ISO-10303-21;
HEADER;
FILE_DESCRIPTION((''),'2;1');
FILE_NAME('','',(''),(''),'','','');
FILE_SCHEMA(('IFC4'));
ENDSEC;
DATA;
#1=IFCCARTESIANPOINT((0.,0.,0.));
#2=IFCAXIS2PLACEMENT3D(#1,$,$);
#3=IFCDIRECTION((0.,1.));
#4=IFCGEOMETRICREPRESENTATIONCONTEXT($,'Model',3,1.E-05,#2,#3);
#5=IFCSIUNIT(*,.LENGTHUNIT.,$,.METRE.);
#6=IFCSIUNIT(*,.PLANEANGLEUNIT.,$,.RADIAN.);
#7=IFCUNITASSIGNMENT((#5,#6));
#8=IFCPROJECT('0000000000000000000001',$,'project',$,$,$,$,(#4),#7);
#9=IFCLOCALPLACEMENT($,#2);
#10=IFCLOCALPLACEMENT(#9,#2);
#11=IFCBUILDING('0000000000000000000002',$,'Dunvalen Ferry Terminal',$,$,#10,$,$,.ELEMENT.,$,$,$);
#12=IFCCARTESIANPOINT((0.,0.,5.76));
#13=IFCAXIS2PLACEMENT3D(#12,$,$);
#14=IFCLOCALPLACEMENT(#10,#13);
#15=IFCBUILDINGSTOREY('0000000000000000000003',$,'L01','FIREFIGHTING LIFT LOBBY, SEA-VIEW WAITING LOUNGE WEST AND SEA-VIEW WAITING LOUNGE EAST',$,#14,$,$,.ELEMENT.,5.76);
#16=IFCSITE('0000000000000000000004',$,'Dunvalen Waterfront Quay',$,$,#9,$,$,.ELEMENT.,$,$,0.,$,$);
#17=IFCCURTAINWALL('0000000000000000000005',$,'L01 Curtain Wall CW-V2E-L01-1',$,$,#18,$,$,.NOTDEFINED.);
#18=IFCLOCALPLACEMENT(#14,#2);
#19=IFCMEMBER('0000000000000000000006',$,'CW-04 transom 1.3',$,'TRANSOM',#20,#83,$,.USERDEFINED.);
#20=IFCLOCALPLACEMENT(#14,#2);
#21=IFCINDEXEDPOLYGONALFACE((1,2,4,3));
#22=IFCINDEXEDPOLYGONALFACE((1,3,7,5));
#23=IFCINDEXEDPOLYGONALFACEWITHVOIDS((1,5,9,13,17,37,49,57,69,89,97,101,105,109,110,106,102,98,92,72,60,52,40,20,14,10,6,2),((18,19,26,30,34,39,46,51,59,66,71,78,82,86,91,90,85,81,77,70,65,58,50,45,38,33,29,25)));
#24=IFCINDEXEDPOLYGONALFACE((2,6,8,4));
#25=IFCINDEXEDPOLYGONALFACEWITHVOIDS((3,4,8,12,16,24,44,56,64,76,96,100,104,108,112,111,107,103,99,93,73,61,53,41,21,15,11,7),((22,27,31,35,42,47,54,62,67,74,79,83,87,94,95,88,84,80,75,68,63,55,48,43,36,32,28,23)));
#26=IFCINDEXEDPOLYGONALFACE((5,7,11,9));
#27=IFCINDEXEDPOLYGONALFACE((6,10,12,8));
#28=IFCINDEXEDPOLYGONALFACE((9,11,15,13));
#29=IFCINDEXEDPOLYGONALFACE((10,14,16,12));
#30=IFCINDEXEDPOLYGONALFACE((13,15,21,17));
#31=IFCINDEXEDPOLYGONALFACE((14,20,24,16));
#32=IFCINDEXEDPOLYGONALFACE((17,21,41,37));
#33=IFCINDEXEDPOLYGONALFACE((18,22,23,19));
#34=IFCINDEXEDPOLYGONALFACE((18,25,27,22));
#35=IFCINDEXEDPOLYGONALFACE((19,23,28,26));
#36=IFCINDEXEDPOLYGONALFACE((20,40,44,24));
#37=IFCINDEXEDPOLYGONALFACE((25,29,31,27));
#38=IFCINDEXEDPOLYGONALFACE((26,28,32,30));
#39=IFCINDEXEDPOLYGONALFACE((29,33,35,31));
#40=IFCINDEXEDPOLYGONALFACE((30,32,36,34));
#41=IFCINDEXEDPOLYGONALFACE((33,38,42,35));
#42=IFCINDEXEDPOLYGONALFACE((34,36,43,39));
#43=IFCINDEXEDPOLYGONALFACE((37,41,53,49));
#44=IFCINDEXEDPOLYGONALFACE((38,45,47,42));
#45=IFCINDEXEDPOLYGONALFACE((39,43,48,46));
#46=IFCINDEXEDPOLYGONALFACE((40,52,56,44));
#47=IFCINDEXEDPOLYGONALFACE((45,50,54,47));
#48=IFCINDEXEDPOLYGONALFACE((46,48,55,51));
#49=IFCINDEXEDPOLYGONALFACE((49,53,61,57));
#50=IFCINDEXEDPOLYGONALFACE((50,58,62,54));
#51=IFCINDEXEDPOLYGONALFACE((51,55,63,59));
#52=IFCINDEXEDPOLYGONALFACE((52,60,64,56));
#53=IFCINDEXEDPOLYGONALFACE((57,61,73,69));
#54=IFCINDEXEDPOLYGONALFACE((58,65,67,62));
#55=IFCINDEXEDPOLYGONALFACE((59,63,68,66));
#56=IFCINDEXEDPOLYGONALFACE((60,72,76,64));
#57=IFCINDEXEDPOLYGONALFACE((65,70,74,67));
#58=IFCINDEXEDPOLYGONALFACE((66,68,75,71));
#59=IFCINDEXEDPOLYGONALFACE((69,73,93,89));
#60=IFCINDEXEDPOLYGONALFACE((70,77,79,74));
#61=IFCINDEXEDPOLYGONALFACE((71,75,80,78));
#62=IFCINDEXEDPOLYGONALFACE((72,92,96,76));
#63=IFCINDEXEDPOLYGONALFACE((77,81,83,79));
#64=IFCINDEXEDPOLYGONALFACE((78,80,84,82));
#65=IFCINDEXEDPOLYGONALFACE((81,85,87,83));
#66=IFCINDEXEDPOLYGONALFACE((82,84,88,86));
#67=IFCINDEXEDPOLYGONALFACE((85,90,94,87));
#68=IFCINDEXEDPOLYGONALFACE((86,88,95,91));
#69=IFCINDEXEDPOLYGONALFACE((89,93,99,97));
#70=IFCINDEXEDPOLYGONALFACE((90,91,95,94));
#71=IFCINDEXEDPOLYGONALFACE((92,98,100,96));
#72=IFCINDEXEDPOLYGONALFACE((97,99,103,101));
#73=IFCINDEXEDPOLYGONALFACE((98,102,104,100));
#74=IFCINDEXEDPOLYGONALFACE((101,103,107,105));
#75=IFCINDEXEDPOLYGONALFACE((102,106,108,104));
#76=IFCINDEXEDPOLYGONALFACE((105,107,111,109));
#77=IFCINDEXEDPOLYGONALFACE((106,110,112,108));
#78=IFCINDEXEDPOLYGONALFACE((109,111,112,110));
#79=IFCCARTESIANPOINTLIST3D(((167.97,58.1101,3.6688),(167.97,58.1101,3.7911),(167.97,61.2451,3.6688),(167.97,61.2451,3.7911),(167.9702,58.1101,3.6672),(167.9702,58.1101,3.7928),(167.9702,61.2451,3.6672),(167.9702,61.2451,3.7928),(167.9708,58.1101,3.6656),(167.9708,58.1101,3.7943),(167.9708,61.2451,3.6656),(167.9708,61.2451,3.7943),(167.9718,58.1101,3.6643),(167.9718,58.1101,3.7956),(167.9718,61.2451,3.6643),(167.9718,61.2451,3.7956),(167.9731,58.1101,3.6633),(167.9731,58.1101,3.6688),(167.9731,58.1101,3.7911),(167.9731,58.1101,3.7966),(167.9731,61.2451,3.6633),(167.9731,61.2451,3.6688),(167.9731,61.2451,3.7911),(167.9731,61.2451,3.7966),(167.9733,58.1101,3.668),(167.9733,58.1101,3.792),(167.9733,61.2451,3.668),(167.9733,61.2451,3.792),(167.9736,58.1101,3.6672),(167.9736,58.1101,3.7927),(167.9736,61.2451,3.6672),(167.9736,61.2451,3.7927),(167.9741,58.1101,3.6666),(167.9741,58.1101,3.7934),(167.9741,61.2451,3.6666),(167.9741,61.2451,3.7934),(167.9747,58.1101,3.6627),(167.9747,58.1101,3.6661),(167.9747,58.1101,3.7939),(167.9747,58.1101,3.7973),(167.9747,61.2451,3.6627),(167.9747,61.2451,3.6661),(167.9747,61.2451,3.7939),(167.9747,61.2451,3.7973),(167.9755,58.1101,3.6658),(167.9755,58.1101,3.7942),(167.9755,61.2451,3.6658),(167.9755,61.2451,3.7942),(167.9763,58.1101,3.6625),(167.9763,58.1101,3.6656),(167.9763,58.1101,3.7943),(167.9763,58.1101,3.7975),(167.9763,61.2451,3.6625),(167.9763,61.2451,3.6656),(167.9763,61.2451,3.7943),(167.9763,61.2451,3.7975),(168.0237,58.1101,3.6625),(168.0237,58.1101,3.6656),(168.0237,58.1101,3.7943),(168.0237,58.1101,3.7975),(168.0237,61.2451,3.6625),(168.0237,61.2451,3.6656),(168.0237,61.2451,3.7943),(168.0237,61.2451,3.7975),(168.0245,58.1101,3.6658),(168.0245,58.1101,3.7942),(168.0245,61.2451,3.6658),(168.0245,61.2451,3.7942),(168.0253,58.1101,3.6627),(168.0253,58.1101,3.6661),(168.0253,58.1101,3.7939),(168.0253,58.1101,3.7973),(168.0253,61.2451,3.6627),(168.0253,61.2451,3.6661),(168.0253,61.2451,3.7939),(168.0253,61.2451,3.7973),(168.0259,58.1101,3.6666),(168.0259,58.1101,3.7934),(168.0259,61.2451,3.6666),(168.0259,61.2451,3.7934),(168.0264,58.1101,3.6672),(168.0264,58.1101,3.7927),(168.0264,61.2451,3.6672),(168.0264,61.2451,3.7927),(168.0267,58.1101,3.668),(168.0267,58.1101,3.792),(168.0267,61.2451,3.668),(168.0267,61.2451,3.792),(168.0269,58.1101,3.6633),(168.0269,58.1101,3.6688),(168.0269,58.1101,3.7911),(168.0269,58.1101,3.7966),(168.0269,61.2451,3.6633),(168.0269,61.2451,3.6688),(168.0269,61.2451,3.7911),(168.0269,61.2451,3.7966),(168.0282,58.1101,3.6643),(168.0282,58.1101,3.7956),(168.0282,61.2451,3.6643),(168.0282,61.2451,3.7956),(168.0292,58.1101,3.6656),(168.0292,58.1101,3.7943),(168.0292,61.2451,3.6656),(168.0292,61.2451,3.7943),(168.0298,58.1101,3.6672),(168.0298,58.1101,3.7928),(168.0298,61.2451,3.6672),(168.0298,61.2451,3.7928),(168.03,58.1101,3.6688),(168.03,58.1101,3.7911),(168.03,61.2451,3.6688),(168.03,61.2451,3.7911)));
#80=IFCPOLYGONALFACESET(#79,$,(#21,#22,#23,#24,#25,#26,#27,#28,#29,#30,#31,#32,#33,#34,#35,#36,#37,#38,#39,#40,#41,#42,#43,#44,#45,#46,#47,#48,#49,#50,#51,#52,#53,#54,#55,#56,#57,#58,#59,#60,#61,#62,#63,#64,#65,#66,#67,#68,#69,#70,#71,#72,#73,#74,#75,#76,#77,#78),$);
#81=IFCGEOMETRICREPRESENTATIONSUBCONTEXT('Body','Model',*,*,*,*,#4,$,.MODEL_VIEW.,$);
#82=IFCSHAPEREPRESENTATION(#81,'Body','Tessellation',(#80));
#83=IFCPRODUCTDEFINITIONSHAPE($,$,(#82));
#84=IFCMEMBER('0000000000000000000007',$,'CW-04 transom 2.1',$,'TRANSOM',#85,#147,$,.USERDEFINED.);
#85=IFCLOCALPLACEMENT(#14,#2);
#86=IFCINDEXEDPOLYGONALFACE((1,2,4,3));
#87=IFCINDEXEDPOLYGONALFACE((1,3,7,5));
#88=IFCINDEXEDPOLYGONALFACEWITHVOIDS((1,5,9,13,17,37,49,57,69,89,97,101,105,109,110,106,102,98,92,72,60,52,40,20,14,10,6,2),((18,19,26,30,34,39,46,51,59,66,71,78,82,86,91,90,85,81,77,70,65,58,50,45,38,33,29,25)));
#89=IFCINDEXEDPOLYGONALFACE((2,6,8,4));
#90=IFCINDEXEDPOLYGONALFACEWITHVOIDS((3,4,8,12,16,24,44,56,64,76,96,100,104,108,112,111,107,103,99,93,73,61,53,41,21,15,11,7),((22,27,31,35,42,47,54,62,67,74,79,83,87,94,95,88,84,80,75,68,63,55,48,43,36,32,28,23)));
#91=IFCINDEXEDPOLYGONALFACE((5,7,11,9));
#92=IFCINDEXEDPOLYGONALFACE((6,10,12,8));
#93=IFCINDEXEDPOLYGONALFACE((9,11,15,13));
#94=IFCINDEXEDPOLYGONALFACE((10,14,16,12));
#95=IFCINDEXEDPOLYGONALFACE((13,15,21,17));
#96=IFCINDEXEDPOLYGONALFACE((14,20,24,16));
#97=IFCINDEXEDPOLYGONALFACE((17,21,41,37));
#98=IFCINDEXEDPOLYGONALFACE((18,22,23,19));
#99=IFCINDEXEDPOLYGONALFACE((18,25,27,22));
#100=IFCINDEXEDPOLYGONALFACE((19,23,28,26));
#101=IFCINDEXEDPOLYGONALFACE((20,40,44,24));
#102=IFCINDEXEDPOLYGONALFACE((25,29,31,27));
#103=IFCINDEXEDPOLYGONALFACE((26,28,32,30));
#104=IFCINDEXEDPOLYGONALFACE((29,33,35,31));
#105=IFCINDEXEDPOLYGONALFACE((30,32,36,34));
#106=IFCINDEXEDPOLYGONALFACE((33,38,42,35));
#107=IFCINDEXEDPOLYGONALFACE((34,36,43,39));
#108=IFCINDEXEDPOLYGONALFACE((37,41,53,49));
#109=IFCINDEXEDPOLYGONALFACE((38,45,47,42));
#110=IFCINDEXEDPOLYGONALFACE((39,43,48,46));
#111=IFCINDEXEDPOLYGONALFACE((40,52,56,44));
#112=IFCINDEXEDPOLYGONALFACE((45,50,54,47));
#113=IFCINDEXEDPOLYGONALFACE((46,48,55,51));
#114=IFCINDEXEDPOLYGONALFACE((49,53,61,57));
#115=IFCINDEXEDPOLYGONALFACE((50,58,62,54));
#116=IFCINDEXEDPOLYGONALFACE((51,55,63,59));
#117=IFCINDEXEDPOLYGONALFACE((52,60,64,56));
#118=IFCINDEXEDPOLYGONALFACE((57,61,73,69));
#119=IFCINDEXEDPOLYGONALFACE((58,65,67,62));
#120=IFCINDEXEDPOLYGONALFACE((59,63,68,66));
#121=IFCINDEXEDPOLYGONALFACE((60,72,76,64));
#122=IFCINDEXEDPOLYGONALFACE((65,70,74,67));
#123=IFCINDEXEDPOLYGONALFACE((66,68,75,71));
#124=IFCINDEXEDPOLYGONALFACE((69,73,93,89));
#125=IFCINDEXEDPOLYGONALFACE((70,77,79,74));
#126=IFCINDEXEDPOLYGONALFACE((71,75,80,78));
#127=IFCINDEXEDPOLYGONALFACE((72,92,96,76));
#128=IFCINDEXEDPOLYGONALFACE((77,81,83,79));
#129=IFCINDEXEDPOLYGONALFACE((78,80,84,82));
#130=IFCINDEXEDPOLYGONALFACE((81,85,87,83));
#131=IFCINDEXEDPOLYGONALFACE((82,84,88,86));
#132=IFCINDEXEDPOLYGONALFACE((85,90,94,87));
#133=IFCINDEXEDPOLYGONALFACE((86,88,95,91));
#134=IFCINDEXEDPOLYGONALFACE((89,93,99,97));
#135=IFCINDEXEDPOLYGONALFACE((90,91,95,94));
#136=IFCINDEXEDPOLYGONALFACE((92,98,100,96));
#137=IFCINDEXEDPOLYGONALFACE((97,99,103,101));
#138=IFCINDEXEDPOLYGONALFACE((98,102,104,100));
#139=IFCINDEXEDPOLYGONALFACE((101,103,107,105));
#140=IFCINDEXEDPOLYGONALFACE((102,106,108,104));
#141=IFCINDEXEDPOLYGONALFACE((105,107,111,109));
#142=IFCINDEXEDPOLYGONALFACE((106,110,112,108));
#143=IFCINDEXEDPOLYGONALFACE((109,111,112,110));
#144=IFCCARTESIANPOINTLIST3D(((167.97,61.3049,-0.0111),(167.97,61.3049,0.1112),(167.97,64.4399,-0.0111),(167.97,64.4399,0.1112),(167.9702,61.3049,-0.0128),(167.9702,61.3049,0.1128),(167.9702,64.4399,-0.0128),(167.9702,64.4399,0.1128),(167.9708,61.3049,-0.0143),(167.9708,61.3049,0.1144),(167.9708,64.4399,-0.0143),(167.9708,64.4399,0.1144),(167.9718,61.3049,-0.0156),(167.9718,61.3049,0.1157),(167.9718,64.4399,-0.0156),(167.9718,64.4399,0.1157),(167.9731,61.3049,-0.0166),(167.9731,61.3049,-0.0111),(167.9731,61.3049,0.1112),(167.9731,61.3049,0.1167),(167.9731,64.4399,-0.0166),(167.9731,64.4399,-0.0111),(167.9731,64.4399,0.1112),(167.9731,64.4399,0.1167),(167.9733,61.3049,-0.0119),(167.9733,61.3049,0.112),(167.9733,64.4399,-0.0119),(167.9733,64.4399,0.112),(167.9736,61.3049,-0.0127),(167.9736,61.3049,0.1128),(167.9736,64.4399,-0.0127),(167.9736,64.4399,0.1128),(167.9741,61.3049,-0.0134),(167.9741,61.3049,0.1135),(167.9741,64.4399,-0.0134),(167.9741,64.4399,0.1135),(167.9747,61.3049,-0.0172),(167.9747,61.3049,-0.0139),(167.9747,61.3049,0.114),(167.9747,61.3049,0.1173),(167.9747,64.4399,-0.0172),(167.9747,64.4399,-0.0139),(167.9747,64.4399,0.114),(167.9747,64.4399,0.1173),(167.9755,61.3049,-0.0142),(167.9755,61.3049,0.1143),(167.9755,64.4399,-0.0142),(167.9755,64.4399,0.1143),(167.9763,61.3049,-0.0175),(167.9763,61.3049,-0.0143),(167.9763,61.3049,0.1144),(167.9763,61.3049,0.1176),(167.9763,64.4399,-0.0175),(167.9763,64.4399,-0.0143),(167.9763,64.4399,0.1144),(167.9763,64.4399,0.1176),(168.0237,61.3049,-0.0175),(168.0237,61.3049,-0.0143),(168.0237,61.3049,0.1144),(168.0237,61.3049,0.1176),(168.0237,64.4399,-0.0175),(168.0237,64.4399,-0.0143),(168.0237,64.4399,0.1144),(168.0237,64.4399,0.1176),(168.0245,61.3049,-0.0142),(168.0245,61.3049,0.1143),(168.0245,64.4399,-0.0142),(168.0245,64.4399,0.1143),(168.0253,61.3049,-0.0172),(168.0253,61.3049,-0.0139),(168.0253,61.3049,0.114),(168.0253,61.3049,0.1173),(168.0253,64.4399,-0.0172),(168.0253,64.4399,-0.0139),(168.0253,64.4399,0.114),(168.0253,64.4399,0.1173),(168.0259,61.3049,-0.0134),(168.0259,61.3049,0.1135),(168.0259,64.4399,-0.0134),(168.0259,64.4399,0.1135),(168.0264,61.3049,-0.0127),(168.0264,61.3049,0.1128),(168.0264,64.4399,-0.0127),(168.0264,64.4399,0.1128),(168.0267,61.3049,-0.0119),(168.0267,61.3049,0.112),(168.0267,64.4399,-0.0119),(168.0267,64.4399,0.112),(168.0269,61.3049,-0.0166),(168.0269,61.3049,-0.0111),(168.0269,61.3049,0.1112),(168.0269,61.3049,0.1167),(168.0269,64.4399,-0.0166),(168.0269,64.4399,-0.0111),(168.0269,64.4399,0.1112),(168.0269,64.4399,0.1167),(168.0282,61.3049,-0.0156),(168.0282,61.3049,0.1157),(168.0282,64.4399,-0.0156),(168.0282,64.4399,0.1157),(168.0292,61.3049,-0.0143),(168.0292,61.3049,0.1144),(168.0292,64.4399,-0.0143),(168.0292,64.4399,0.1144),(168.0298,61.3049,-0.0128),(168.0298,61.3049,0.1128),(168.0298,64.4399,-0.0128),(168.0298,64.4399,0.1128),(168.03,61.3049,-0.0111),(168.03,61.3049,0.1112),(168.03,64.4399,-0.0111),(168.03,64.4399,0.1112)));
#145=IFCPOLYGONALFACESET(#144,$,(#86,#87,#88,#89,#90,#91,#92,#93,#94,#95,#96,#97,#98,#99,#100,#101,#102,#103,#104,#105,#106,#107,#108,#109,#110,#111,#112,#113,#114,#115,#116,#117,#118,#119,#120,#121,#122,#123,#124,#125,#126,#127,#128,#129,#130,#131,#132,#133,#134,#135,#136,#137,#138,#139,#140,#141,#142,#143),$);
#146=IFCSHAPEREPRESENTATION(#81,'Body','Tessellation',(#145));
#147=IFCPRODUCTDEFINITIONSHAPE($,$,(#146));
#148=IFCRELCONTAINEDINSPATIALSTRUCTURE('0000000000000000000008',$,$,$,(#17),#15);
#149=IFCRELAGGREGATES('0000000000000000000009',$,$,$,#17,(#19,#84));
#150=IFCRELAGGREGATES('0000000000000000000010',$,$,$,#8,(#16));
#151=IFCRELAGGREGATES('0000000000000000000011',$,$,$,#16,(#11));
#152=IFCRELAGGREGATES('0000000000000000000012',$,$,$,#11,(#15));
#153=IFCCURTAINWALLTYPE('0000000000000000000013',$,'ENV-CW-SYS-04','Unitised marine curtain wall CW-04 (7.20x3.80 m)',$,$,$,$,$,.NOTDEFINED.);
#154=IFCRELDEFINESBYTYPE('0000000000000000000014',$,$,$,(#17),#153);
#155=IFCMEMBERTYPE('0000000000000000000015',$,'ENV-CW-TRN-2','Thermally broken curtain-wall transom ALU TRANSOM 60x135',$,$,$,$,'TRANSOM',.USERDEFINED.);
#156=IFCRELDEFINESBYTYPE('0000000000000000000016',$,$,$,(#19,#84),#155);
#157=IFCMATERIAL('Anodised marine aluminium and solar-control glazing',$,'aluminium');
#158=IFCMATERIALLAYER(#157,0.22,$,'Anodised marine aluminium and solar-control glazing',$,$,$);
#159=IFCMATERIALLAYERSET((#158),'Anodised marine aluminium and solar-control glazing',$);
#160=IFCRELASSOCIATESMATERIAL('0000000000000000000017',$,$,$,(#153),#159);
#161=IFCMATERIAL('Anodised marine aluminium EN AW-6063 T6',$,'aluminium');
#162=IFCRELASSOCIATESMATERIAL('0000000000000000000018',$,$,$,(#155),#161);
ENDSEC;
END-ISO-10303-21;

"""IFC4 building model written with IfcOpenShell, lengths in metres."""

from ifc_helpers import new_model, si_unit, direction, frame, origin, origin_2d, place, context, subcontext, project, spatial, hollow_rectangle, extrude, material, layer, layer_set, material_profile, profile_set, type_object, element, aggregate, save


model = new_model("IFC4")

# Units and contexts
model_context = context("Model", 3, precision=1e-05, world=origin(), true_north=direction((0.0, 1.0)))
body_context = subcontext(model_context, "Body", "Model", "MODEL_VIEW")
ifc_project = project(units=[si_unit("LENGTHUNIT", "METRE"), si_unit("PLANEANGLEUNIT", "RADIAN")], contexts=[model_context])

# Site, building, storey
site_placement = place(None, origin())
site = spatial("IfcSite", under=ifc_project, at=site_placement, Name="Dunvalen Waterfront Quay", CompositionType="ELEMENT", RefElevation=0.0)
building_placement = place(site_placement, origin())
building = spatial("IfcBuilding", under=site, at=building_placement, Name="Dunvalen Ferry Terminal", CompositionType="ELEMENT")
storey_placement = place(building_placement, frame((0.0, 0.0, 5.76)))
storey = spatial("IfcBuildingStorey", under=building, at=storey_placement, Name="L01", Description="FIREFIGHTING LIFT LOBBY, SEA-VIEW WAITING LOUNGE WEST AND SEA-VIEW WAITING LOUNGE EAST", CompositionType="ELEMENT", Elevation=5.76)

# Curtain wall
ifc_material_1 = material(Name="Anodised marine aluminium and solar-control glazing", Category="aluminium")
ifc_layer_1 = layer(ifc_material_1, 0.22, Name="Anodised marine aluminium and solar-control glazing")
ifc_layer_set_1 = layer_set([ifc_layer_1], Name="Anodised marine aluminium and solar-control glazing")
curtain_wall_type = type_object("IfcCurtainWallType", Name="ENV-CW-SYS-04", Description="Unitised marine curtain wall CW-04 (7.20x3.80 m)", PredefinedType="NOTDEFINED", material=ifc_layer_set_1)
curtain_wall_1_placement = place(storey_placement, origin())
curtain_wall_1 = element("IfcCurtainWall", 1, at=curtain_wall_1_placement, inside=storey, type_object=curtain_wall_type, Name="L01 Curtain Wall CW-V2E-L01-1", PredefinedType="NOTDEFINED")
ifc_material_2 = material(Name="Anodised marine aluminium EN AW-6063 T6", Category="aluminium")

# Members
ifc_material_profile_1 = material_profile(ifc_material_2, hollow_rectangle(XDim=0.0601, YDim=0.135, WallThickness=0.0032, InnerFilletRadius=0.0032, OuterFilletRadius=0.0063, at=origin_2d()), Name="Anodised marine aluminium EN AW-6063 T6")
ifc_profile_set_1 = profile_set([ifc_material_profile_1], Name="Anodised marine aluminium EN AW-6063 T6")
member_type_1 = type_object("IfcMemberType", Name="ENV-CW-TRN-2", Description="Thermally broken curtain-wall transom ALU TRANSOM 60x135", ElementType="TRANSOM", PredefinedType="USERDEFINED", material=ifc_profile_set_1)
member_1_placement = place(storey_placement, frame((168.0, 58.1101, 3.73), z_axis=(0.0, 1.0, 0.0), x_axis=(-1.0, 0.0, 0.0)))
member_1 = element("IfcMember", 2, at=member_1_placement, type_object=member_type_1, Name="CW-04 transom 1.3", ObjectType="TRANSOM", PredefinedType="USERDEFINED", context=body_context, shape_type="SweptSolid", body=[
    extrude(hollow_rectangle(XDim=0.0601, YDim=0.135, WallThickness=0.0032, InnerFilletRadius=0.0032, OuterFilletRadius=0.0063, at=origin_2d()), origin(), (0.0, 0.0, 1.0), 3.135),
])
member_2_placement = place(storey_placement, frame((168.0, 61.3049, 0.05), z_axis=(0.0, 1.0, 0.0), x_axis=(-1.0, 0.0, 0.0)))
member_2 = element("IfcMember", 3, at=member_2_placement, type_object=member_type_1, Name="CW-04 transom 2.1", ObjectType="TRANSOM", PredefinedType="USERDEFINED", context=body_context, shape_type="SweptSolid", body=[
    extrude(hollow_rectangle(XDim=0.0601, YDim=0.135, WallThickness=0.0032, InnerFilletRadius=0.0032, OuterFilletRadius=0.0063, at=origin_2d()), origin(), (0.0, 0.0, 1.0), 3.135),
])

aggregate(curtain_wall_1, [member_1, member_2])

save(model, "model.ifc")
